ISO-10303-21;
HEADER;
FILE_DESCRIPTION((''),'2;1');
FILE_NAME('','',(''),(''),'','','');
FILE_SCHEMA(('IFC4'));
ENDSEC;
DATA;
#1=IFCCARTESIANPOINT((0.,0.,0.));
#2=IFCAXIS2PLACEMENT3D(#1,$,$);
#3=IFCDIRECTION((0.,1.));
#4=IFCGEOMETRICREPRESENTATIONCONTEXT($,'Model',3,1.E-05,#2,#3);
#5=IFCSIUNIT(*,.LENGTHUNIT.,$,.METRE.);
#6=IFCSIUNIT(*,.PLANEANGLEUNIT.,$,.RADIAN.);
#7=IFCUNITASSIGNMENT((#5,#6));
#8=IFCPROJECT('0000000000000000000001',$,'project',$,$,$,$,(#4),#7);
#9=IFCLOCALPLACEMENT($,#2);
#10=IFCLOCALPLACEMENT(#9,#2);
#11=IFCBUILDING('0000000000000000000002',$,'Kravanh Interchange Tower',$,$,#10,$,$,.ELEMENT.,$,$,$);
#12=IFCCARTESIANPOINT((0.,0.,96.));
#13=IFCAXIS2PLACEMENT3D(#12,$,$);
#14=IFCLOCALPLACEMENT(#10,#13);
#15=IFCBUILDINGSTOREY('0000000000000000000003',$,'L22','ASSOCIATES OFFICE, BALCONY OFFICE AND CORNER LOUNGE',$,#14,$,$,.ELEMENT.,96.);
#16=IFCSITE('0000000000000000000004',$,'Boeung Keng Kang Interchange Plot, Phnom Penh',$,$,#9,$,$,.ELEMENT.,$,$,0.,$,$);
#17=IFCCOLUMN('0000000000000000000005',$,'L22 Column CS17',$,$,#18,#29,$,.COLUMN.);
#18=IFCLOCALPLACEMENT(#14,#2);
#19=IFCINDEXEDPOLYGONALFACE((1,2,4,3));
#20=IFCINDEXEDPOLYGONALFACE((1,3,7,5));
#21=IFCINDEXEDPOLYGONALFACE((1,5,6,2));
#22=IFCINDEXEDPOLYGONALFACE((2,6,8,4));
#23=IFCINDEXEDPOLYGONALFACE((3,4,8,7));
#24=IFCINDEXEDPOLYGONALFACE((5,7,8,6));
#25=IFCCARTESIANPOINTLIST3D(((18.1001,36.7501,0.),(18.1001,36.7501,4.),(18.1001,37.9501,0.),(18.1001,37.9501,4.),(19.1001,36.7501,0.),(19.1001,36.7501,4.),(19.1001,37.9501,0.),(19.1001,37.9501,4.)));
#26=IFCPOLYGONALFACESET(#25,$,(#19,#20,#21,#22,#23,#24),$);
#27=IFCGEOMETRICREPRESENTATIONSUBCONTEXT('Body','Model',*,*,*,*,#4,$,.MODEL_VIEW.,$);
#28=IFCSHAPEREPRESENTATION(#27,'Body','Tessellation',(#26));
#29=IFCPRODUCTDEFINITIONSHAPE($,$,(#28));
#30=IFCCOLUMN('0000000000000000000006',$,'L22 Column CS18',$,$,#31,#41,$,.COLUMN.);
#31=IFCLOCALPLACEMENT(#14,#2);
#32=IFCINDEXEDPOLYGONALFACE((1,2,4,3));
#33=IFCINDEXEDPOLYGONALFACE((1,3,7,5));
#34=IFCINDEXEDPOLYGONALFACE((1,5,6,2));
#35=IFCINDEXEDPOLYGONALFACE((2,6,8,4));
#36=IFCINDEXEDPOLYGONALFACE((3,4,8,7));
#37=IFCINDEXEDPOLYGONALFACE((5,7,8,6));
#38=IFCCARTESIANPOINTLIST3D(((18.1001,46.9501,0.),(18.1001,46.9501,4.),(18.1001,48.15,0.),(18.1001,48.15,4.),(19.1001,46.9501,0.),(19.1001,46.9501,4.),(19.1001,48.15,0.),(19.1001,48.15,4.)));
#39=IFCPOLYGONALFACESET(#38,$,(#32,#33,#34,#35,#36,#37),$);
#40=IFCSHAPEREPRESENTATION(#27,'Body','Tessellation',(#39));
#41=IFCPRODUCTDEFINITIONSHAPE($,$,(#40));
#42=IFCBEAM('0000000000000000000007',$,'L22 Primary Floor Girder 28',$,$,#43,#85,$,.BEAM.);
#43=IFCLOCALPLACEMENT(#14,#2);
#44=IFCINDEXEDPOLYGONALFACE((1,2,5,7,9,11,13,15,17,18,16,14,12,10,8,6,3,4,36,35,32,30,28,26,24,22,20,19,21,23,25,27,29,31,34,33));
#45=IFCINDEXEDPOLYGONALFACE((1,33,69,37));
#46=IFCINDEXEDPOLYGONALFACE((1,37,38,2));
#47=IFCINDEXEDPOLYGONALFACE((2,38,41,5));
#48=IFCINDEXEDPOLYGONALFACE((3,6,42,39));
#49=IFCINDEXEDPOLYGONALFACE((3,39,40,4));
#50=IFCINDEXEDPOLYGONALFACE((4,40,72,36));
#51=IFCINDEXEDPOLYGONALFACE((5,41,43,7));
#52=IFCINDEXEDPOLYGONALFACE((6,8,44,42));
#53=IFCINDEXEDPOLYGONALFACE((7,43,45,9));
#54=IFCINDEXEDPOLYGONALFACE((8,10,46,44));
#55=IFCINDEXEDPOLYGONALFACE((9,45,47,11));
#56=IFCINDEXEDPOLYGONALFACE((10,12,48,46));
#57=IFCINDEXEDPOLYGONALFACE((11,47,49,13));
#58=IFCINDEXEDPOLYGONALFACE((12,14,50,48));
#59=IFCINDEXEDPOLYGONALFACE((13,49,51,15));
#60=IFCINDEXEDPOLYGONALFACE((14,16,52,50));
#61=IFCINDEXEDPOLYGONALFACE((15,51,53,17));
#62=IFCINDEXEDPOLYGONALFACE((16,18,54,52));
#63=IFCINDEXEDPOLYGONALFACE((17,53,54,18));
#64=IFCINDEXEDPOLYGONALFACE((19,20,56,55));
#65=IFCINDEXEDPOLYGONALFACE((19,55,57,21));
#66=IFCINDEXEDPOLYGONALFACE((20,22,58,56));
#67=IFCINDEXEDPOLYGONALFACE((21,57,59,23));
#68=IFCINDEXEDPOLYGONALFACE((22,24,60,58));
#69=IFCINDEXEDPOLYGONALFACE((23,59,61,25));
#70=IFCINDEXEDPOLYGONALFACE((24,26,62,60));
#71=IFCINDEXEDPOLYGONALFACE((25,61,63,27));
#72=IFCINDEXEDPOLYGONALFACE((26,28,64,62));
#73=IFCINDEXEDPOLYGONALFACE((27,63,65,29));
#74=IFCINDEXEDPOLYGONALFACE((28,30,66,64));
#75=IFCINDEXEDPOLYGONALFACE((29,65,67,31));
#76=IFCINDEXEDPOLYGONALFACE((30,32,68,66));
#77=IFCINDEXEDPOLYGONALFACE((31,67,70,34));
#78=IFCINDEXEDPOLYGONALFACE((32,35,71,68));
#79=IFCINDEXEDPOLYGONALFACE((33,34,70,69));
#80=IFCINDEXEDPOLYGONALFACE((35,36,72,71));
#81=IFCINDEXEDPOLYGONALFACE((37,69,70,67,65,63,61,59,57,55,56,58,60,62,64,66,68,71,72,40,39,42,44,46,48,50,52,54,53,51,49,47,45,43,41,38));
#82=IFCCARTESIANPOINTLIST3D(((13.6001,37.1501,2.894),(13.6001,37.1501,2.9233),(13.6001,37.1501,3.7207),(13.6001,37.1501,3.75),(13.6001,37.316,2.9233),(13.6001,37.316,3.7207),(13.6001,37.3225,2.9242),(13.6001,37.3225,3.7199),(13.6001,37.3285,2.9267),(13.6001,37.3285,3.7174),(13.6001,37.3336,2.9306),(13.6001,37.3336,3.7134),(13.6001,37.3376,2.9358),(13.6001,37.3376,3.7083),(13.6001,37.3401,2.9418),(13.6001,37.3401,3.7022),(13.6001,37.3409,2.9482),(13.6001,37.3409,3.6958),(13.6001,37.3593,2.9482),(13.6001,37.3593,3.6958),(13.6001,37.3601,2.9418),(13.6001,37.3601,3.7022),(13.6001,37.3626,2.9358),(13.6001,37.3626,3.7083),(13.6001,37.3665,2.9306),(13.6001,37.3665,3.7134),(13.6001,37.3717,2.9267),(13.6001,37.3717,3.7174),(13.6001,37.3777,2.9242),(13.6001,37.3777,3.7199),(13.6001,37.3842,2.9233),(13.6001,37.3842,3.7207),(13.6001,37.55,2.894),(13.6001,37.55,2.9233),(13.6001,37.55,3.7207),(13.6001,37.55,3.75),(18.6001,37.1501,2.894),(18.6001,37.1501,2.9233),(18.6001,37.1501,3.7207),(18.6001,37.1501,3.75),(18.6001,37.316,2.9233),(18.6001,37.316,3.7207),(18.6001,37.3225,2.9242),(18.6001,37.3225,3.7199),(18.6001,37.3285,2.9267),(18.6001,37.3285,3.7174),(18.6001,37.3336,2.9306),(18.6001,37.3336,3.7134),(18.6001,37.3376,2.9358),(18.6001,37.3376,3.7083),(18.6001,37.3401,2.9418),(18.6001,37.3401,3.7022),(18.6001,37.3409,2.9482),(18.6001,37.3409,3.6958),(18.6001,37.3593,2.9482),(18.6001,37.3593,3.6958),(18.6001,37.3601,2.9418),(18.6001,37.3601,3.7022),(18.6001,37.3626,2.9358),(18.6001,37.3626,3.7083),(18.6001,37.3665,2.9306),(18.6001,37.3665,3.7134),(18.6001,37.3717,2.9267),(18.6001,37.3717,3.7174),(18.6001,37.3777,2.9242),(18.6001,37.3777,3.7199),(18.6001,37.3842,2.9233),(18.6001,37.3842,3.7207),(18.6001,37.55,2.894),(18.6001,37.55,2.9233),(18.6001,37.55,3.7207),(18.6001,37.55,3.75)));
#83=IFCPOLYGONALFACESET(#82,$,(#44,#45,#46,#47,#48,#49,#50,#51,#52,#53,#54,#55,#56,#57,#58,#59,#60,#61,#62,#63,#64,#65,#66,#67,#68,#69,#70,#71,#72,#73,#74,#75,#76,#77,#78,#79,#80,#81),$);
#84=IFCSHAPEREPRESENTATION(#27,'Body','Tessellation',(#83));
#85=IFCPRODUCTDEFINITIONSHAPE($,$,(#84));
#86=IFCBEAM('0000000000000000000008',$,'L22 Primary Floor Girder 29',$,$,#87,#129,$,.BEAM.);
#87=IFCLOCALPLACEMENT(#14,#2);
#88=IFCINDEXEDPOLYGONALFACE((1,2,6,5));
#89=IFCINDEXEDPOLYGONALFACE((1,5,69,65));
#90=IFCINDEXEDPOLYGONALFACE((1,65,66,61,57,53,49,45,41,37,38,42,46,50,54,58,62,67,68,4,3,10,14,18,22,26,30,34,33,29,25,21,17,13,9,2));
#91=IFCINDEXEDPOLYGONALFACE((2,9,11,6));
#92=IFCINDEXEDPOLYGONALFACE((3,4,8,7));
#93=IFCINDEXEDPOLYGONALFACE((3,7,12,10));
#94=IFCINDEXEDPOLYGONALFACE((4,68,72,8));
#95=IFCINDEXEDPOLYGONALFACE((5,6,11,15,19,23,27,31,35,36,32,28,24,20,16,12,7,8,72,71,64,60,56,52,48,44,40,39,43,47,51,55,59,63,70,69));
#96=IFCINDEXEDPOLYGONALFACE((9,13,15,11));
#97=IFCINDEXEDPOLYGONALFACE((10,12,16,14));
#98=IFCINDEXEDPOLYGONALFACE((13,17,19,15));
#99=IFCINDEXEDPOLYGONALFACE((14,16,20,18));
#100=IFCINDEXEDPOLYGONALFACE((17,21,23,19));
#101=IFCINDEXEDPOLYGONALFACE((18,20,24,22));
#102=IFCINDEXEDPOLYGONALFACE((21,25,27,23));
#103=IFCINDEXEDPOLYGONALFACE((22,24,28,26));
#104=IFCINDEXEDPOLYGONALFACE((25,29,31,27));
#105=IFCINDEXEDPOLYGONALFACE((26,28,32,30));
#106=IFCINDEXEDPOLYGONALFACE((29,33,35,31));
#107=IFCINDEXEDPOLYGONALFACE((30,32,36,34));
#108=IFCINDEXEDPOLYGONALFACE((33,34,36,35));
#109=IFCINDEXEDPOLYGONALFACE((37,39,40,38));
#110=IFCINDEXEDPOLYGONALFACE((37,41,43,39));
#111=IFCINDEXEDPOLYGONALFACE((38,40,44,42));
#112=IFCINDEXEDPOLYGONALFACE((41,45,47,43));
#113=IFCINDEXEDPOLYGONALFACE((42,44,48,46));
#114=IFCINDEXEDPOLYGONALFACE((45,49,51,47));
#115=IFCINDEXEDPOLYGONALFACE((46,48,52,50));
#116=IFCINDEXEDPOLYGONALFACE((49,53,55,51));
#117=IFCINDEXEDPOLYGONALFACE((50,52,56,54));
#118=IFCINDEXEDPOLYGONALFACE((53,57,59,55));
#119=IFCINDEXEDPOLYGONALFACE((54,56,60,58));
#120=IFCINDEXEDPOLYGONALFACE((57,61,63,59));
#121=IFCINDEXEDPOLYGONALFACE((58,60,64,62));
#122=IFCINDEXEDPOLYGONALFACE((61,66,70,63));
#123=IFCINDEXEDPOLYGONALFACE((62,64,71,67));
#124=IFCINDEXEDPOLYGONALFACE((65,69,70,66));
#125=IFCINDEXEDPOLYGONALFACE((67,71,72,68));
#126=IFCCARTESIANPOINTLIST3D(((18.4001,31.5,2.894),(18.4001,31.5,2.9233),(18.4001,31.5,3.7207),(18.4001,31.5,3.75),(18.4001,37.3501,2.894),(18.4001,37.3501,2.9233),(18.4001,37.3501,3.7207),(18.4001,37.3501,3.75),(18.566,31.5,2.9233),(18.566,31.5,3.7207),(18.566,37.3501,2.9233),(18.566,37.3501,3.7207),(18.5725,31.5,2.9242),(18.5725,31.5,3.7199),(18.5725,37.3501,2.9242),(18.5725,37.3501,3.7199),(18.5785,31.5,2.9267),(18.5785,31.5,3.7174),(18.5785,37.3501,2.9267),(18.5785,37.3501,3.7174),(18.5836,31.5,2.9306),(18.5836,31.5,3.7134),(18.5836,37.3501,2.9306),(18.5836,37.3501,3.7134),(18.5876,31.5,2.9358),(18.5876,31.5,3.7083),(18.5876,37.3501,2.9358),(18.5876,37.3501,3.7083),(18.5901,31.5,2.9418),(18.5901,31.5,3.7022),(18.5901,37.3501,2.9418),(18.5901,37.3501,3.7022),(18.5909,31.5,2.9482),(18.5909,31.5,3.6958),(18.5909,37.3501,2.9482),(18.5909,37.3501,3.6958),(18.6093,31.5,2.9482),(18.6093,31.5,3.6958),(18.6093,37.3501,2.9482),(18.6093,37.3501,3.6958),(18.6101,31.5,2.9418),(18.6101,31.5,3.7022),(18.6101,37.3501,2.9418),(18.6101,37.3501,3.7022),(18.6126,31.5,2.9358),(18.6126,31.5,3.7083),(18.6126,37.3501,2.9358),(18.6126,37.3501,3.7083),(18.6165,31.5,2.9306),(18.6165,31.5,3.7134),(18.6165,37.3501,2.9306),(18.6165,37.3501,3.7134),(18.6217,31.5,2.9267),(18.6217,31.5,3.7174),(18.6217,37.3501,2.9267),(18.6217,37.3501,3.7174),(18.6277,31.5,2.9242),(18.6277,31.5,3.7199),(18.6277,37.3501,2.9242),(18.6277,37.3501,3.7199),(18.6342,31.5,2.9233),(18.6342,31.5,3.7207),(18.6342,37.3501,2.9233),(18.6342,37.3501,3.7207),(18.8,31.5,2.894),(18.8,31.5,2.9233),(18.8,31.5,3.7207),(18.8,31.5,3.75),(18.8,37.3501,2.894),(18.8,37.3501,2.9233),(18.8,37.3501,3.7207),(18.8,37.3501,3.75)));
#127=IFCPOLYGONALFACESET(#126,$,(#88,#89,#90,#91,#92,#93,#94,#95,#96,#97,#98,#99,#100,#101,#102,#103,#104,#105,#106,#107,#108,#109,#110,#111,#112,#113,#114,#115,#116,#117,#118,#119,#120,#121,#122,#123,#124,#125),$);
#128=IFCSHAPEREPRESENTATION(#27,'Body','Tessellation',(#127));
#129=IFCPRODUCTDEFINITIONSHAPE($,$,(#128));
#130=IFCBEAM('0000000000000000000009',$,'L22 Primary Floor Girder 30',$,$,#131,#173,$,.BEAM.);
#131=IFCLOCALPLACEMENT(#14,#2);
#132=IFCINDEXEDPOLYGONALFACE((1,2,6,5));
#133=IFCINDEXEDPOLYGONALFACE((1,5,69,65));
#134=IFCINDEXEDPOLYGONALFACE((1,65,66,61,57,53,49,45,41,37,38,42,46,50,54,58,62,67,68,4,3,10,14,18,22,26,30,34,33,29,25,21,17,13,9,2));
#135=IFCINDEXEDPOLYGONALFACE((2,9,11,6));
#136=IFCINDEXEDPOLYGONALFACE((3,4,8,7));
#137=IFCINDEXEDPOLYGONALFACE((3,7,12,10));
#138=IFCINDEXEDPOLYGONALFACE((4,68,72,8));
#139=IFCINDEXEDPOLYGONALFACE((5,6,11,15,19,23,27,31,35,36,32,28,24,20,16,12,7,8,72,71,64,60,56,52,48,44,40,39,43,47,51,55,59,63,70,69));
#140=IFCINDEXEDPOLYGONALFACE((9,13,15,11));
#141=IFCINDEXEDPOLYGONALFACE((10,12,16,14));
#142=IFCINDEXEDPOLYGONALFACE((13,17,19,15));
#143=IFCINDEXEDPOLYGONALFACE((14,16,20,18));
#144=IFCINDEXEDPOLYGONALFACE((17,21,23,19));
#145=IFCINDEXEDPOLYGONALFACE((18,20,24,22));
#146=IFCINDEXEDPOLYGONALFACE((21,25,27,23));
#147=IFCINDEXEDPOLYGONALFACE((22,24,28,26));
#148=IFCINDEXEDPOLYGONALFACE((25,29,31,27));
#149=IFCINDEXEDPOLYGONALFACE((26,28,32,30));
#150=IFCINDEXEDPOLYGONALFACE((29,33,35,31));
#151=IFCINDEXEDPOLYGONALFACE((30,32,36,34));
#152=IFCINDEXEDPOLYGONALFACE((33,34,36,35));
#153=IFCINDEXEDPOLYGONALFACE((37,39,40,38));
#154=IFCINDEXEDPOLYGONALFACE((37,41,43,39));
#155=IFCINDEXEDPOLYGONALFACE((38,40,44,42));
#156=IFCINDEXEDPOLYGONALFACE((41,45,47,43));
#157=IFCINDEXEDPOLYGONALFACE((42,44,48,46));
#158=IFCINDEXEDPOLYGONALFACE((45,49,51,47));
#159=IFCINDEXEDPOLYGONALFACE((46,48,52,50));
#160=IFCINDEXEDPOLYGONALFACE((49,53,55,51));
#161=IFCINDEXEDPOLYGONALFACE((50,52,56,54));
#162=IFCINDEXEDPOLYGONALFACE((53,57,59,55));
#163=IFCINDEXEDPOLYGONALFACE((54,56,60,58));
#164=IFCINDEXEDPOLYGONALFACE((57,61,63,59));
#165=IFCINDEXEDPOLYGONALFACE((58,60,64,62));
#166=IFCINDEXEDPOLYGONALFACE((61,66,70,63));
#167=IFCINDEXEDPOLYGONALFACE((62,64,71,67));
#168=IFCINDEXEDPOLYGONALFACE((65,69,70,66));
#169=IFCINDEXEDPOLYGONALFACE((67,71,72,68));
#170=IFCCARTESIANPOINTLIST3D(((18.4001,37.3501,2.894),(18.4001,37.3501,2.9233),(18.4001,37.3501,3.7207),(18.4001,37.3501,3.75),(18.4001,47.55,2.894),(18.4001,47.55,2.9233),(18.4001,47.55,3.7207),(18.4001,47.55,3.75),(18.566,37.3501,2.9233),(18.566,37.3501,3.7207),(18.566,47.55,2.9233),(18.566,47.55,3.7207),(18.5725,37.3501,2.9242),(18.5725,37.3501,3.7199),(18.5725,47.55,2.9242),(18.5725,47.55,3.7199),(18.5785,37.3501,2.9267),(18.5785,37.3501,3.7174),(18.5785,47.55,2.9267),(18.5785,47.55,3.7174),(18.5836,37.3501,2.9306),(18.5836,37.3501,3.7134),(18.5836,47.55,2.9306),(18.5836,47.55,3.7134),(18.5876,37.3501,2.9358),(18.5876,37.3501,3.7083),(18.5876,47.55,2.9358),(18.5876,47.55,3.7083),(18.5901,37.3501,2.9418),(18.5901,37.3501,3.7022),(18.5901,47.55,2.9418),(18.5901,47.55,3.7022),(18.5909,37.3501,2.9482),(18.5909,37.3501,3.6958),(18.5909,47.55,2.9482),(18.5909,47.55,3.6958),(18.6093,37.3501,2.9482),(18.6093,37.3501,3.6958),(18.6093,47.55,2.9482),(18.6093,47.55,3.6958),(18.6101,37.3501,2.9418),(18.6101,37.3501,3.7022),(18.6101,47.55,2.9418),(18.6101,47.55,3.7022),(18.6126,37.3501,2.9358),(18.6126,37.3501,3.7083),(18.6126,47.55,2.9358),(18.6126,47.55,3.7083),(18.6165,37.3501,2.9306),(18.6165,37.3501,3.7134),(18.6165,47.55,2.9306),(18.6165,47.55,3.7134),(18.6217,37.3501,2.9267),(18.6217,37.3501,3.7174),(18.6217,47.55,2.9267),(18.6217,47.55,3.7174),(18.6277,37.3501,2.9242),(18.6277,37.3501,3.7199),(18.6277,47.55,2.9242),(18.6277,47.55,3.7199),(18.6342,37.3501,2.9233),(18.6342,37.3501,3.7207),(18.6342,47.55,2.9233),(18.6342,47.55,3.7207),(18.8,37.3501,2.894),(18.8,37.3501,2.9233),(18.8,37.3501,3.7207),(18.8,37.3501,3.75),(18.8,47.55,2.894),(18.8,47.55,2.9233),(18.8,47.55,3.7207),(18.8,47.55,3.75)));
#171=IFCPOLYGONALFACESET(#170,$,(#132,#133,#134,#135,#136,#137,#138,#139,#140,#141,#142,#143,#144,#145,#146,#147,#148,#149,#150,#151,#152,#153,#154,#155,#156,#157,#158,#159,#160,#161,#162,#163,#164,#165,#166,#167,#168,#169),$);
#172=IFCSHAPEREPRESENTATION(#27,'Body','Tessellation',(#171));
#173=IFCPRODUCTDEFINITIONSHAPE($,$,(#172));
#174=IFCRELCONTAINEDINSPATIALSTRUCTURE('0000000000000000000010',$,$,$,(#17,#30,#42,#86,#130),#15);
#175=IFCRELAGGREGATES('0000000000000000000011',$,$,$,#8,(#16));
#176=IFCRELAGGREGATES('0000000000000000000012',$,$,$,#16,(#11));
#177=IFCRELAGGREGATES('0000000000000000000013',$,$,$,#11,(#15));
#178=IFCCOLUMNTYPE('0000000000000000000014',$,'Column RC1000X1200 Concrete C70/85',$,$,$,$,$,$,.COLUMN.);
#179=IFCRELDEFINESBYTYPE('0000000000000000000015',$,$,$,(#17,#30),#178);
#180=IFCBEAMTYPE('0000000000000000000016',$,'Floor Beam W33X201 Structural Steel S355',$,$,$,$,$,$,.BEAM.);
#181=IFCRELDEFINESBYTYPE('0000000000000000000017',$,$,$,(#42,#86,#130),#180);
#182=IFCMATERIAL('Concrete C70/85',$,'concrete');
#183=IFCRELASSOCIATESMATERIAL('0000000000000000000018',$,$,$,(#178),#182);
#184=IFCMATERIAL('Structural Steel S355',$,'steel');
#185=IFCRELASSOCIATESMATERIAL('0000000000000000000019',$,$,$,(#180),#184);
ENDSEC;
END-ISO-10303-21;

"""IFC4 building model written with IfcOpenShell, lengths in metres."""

from ifc_helpers import new_model, si_unit, direction, frame, origin, origin_2d, place, context, subcontext, project, spatial, rectangle, i_section, extrude, material, material_profile, profile_set, type_object, element, save


model = new_model("IFC4")

# Units and contexts
model_context = context("Model", 3, precision=1e-05, world=origin(), true_north=direction((0.0, 1.0)))
body_context = subcontext(model_context, "Body", "Model", "MODEL_VIEW")
ifc_project = project(units=[si_unit("LENGTHUNIT", "METRE"), si_unit("PLANEANGLEUNIT", "RADIAN")], contexts=[model_context])

# Site, building, storey
site_placement = place(None, origin())
site = spatial("IfcSite", under=ifc_project, at=site_placement, Name="Boeung Keng Kang Interchange Plot, Phnom Penh", CompositionType="ELEMENT", RefElevation=0.0)
building_placement = place(site_placement, origin())
building = spatial("IfcBuilding", under=site, at=building_placement, Name="Kravanh Interchange Tower", CompositionType="ELEMENT")
storey_placement = place(building_placement, frame((0.0, 0.0, 96.0)))
storey = spatial("IfcBuildingStorey", under=building, at=storey_placement, Name="L22", Description="ASSOCIATES OFFICE, BALCONY OFFICE AND CORNER LOUNGE", CompositionType="ELEMENT", Elevation=96.0)

# Columns
ifc_material_1 = material(Name="Concrete C70/85", Category="concrete")
ifc_material_profile_1 = material_profile(ifc_material_1, rectangle(XDim=1.0, YDim=1.2, at=origin_2d()), Name="RC1000X1200")
ifc_profile_set_1 = profile_set([ifc_material_profile_1], Name="Concrete C70/85")
column_type = type_object("IfcColumnType", Name="Column RC1000X1200 Concrete C70/85", PredefinedType="COLUMN", material=ifc_profile_set_1)
for number, where, z_axis, x_axis, name in (
    (1, (18.6001, 37.3501, 0.0), (0.0, 0.0, 1.0), (1.0, 0.0, 0.0), "L22 Column CS17"),
    (2, (18.6001, 47.55, 0.0), (0.0, 0.0, 1.0), (1.0, 0.0, 0.0), "L22 Column CS18"),
):
    element("IfcColumn", number, at=place(storey_placement, frame(where, z_axis=z_axis, x_axis=x_axis)), inside=storey, type_object=column_type, Name=name, PredefinedType="COLUMN", context=body_context, shape_type="SweptSolid", body=[
        extrude(rectangle(XDim=1.0, YDim=1.2, at=origin_2d()), origin(), (0.0, 0.0, 1.0), 4.0),
    ])

# Beams
ifc_material_2 = material(Name="Structural Steel S355", Category="steel")
ifc_material_profile_2 = material_profile(ifc_material_2, i_section(OverallWidth=0.3999, OverallDepth=0.856, WebThickness=0.0183, FlangeThickness=0.0293, FilletRadius=0.0249, at=origin_2d()), Name="W33X201")
ifc_profile_set_2 = profile_set([ifc_material_profile_2], Name="Structural Steel S355")
beam_type_1 = type_object("IfcBeamType", Name="Floor Beam W33X201 Structural Steel S355", PredefinedType="BEAM", material=ifc_profile_set_2)
beam_1_placement = place(storey_placement, frame((18.6001, 37.3501, 3.322), z_axis=(-1.0, 0.0, 0.0), x_axis=(0.0, -1.0, 0.0)))
element("IfcBeam", 3, at=beam_1_placement, inside=storey, type_object=beam_type_1, Name="L22 Primary Floor Girder 28", PredefinedType="BEAM", context=body_context, shape_type="SweptSolid", body=[
    extrude(i_section(OverallWidth=0.3999, OverallDepth=0.856, WebThickness=0.0183, FlangeThickness=0.0293, FilletRadius=0.0249, at=origin_2d()), origin(), (0.0, 0.0, 1.0), 5.0),
])
beam_2_placement = place(storey_placement, frame((18.6001, 37.3501, 3.322), z_axis=(0.0, -1.0, 0.0), x_axis=(1.0, 0.0, 0.0)))
element("IfcBeam", 4, at=beam_2_placement, inside=storey, type_object=beam_type_1, Name="L22 Primary Floor Girder 29", PredefinedType="BEAM", context=body_context, shape_type="SweptSolid", body=[
    extrude(i_section(OverallWidth=0.3999, OverallDepth=0.856, WebThickness=0.0183, FlangeThickness=0.0293, FilletRadius=0.0249, at=origin_2d()), origin(), (0.0, 0.0, 1.0), 5.8501),
])
beam_3_placement = place(storey_placement, frame((18.6001, 37.3501, 3.322), z_axis=(0.0, 1.0, 0.0), x_axis=(-1.0, 0.0, 0.0)))
element("IfcBeam", 5, at=beam_3_placement, inside=storey, type_object=beam_type_1, Name="L22 Primary Floor Girder 30", PredefinedType="BEAM", context=body_context, shape_type="SweptSolid", body=[
    extrude(i_section(OverallWidth=0.3999, OverallDepth=0.856, WebThickness=0.0183, FlangeThickness=0.0293, FilletRadius=0.0249, at=origin_2d()), origin(), (0.0, 0.0, 1.0), 10.2),
])

save(model, "model.ifc")
